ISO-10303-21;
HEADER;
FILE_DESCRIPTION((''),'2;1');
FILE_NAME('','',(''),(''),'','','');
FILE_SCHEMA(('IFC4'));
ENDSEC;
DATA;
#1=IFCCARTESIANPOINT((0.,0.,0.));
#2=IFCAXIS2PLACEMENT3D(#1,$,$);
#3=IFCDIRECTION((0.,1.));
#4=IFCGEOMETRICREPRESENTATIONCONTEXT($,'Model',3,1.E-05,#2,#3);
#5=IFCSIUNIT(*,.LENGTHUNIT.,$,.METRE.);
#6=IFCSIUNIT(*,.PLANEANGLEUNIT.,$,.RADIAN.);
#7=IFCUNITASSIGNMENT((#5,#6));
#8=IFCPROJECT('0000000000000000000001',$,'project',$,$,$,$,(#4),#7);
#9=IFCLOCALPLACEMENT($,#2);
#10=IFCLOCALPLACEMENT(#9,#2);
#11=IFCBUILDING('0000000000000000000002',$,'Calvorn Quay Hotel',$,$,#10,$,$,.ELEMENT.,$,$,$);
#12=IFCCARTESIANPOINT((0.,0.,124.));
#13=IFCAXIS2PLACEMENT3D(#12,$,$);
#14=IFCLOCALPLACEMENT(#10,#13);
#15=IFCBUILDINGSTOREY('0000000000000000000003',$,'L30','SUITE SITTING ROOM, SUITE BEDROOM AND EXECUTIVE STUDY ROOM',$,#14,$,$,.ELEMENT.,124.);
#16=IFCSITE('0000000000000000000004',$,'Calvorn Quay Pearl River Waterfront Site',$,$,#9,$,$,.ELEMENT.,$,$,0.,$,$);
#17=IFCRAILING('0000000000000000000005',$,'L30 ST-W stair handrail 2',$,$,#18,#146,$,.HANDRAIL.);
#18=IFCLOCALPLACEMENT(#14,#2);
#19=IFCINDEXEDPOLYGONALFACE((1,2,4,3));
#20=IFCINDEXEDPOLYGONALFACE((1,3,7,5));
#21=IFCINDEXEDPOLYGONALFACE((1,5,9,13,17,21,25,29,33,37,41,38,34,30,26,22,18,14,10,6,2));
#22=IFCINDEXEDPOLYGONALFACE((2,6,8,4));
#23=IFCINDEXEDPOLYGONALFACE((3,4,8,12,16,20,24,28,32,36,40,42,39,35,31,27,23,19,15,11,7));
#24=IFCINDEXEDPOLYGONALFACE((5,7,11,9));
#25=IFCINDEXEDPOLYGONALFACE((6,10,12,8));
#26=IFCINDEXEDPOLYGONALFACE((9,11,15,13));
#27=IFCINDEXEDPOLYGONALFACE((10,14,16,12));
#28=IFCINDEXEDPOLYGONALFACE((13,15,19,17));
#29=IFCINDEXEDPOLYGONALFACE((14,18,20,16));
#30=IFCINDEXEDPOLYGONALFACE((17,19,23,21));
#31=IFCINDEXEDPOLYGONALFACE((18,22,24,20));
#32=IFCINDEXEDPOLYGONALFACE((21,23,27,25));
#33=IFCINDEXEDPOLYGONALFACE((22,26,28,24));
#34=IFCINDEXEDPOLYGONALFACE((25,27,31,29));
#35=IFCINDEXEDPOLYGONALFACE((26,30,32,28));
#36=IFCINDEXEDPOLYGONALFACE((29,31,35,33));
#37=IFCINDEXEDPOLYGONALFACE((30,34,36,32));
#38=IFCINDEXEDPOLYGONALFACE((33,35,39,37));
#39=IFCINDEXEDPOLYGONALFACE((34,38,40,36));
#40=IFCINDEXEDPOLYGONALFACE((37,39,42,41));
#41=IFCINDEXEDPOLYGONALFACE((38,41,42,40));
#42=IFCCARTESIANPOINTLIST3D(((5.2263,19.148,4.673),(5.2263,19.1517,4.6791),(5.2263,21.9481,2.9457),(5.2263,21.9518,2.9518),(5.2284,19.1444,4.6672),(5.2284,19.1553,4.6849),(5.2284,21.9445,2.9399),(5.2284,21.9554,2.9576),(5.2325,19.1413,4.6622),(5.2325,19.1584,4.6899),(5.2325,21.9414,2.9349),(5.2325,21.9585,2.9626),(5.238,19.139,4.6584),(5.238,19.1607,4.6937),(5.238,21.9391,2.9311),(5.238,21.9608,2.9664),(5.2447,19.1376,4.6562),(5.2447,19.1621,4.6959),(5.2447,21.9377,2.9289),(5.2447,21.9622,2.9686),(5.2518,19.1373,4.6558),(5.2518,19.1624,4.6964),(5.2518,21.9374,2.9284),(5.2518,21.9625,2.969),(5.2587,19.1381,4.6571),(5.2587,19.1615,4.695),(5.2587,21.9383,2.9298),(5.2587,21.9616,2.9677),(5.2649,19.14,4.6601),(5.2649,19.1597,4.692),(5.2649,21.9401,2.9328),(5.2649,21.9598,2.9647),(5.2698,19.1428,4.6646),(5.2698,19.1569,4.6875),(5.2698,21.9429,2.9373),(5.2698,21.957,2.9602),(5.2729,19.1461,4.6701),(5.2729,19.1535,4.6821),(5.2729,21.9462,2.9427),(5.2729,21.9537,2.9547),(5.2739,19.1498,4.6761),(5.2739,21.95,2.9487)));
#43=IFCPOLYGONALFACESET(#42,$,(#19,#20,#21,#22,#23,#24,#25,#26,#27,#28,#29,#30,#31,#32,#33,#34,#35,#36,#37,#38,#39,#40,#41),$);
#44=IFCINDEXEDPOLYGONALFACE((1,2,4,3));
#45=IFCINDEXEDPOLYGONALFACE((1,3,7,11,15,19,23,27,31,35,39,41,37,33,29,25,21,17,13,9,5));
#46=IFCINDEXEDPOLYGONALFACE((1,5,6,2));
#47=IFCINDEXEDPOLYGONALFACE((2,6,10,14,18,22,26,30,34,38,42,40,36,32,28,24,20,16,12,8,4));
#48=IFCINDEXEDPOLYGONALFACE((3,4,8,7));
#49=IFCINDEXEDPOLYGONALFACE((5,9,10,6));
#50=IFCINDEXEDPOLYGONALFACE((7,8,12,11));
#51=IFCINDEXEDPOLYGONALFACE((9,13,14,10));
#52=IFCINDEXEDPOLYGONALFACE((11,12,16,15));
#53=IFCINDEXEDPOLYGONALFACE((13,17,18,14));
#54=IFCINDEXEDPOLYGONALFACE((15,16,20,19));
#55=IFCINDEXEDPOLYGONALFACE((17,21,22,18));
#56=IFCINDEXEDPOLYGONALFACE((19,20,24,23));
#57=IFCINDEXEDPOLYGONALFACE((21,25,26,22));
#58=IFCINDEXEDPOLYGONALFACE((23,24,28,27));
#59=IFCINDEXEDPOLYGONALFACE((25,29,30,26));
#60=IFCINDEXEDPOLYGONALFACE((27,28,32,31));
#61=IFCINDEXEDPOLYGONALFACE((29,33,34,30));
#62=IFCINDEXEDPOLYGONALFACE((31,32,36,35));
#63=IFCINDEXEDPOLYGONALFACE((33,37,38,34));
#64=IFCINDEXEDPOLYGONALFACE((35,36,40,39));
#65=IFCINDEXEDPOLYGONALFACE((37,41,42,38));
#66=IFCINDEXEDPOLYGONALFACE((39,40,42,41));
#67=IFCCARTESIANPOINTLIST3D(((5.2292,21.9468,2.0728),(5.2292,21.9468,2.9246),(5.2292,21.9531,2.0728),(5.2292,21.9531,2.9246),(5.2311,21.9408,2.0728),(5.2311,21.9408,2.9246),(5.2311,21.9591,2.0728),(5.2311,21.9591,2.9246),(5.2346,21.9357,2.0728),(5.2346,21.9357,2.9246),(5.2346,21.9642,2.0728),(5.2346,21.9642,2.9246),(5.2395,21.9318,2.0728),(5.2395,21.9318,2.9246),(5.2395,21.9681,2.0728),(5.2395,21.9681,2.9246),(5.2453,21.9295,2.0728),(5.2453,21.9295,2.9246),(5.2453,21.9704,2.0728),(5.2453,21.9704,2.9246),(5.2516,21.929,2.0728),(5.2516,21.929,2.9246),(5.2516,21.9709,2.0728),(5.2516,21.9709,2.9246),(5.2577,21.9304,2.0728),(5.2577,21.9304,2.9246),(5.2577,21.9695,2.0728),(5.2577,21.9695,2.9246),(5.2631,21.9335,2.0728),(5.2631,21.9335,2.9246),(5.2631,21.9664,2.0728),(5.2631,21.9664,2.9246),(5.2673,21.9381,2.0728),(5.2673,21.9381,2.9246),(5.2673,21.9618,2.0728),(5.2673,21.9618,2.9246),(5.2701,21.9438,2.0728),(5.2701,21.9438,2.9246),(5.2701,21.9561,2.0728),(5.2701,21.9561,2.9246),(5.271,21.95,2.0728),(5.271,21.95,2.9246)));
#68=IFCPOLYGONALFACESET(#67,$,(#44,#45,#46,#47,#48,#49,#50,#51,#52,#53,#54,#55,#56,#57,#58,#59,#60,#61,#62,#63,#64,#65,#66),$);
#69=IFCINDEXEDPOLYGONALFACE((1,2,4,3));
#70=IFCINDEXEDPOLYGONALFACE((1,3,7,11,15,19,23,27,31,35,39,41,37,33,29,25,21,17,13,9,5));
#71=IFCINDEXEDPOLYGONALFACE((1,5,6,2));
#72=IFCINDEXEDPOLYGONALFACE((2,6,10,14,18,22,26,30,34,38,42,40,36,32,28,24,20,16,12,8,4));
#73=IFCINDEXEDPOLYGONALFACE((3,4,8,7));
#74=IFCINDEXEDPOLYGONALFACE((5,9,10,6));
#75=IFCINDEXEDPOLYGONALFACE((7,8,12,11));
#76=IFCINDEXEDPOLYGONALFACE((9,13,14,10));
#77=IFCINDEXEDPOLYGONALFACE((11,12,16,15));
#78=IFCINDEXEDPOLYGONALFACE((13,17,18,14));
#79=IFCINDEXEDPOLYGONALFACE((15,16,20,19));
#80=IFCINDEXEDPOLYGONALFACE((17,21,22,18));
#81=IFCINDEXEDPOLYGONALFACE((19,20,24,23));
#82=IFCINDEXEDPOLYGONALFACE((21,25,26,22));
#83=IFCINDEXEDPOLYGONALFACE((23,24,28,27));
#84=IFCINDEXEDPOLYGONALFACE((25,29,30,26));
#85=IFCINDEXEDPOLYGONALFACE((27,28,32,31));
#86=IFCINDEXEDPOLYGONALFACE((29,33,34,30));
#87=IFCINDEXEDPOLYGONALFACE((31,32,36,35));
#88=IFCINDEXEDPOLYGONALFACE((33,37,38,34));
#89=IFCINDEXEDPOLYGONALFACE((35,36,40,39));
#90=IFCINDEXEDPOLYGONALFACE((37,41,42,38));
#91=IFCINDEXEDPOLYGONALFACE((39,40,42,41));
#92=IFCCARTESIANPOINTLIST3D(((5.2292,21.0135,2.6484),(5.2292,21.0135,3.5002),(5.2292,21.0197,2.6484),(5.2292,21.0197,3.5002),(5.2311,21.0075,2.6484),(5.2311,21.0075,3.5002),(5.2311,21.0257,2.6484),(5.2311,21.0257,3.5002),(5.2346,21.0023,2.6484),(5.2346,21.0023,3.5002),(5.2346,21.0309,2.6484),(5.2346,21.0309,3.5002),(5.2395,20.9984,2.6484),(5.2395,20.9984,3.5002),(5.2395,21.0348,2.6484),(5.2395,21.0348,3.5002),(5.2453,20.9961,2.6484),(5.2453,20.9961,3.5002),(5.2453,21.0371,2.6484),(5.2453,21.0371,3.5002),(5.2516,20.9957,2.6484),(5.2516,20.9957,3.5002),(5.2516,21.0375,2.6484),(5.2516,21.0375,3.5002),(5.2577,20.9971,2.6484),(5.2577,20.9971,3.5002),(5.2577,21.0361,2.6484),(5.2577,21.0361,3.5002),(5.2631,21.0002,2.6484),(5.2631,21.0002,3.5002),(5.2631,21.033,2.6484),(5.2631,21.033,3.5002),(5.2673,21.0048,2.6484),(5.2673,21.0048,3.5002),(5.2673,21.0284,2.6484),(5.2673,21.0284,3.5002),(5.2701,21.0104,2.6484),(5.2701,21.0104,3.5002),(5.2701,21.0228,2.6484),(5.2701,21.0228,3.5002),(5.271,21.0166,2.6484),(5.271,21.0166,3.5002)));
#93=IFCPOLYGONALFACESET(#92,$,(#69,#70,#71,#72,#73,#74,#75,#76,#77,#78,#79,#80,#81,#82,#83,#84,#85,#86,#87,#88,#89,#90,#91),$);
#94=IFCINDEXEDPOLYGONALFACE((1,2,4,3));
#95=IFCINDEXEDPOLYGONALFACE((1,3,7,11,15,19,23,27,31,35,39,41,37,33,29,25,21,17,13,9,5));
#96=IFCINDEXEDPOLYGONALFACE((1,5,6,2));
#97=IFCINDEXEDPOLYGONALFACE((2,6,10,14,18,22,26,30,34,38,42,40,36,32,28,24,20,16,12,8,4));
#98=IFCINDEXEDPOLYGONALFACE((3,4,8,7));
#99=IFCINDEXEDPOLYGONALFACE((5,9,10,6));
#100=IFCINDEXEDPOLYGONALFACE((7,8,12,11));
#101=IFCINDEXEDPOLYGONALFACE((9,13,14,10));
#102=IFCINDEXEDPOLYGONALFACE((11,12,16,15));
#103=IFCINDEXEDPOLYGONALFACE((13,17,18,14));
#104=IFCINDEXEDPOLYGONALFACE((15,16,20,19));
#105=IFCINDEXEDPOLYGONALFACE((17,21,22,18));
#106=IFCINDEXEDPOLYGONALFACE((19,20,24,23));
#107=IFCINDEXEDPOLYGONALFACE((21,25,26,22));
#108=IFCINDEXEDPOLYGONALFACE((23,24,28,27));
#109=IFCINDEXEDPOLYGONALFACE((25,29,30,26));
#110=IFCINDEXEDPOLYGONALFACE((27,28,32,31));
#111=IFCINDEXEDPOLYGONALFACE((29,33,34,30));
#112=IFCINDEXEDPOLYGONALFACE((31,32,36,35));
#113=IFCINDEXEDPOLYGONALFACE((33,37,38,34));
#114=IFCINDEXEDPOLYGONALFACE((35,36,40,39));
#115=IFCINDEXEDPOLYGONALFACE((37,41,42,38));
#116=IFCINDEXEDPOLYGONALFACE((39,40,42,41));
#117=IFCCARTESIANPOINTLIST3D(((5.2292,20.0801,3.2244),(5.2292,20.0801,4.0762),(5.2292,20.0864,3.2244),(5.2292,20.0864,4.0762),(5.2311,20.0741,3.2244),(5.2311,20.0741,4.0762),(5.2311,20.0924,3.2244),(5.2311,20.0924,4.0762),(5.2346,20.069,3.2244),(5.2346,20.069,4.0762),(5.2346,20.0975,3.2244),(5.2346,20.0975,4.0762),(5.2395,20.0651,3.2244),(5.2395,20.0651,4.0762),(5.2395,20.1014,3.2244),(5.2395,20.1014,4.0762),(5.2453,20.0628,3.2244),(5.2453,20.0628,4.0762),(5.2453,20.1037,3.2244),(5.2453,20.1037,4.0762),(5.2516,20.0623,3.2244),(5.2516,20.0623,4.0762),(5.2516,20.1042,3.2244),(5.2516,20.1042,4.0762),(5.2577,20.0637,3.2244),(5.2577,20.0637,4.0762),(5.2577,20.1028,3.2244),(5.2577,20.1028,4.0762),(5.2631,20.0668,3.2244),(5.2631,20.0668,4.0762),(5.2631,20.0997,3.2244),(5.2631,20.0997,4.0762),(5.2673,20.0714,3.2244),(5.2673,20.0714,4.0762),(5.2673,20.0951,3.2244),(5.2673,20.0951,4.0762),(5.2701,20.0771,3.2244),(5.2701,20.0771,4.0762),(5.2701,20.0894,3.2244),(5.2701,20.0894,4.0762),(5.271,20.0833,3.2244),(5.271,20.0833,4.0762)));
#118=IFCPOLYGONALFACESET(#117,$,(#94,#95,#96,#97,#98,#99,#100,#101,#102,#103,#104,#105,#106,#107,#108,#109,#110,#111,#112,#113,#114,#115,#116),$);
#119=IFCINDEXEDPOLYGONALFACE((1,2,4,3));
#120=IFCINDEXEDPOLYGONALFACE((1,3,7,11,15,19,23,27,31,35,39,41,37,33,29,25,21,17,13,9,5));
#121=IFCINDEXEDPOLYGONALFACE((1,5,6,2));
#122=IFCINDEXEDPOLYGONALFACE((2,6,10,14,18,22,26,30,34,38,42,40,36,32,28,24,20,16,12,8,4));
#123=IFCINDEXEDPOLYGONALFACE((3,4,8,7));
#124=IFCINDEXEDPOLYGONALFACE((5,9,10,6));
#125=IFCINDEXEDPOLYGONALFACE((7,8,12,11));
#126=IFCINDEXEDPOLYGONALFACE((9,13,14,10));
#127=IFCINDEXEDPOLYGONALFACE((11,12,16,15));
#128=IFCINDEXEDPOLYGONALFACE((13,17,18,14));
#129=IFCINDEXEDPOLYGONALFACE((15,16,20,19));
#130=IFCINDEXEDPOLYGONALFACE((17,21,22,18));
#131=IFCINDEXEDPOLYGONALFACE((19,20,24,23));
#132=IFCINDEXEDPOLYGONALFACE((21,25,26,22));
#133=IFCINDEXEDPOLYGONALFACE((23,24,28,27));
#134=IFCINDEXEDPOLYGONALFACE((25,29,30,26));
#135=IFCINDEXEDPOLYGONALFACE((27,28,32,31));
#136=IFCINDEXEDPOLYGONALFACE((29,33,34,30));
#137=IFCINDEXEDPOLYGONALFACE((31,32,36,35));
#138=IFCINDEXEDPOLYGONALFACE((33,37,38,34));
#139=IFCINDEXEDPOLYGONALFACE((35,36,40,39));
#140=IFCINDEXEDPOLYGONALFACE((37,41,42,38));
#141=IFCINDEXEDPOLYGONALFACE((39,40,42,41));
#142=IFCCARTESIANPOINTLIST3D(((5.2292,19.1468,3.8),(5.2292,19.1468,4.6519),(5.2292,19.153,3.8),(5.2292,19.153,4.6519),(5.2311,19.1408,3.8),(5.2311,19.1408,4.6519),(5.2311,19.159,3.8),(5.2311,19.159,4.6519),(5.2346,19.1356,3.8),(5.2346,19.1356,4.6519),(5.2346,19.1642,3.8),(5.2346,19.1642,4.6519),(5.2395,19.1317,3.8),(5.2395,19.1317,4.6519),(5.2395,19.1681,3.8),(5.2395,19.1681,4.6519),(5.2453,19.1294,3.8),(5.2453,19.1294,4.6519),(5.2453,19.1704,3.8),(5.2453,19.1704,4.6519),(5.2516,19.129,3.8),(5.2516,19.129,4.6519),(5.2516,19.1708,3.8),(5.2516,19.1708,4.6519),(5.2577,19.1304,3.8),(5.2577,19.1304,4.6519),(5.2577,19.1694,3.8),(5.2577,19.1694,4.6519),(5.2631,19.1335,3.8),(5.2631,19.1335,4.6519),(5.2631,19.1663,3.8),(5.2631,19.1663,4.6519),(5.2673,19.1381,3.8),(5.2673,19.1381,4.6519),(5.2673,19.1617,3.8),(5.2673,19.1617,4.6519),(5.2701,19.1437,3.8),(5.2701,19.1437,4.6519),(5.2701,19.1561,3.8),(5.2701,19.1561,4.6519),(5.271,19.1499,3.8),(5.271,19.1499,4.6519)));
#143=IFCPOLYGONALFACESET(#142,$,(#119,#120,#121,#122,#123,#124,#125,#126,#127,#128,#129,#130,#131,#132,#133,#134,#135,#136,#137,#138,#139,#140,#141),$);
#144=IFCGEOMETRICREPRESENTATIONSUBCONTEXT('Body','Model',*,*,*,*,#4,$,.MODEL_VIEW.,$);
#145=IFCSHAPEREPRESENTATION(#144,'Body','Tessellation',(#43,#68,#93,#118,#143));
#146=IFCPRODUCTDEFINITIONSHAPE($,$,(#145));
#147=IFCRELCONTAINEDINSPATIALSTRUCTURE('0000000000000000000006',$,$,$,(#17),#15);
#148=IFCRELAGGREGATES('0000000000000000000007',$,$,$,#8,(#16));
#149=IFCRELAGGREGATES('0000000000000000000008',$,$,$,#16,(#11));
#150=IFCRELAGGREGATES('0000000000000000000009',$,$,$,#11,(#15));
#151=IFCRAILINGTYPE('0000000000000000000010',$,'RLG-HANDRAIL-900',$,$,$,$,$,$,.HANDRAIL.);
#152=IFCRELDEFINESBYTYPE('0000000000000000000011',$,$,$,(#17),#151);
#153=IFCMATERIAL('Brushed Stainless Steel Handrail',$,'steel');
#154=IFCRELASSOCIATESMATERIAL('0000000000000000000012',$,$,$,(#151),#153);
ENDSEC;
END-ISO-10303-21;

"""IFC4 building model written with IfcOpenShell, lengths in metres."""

from ifc_helpers import new_model, si_unit, direction, frame, origin, origin_2d, place, context, subcontext, project, spatial, circle, extrude, material, type_object, element, save


model = new_model("IFC4")

# Units and contexts
model_context = context("Model", 3, precision=1e-05, world=origin(), true_north=direction((0.0, 1.0)))
body_context = subcontext(model_context, "Body", "Model", "MODEL_VIEW")
ifc_project = project(units=[si_unit("LENGTHUNIT", "METRE"), si_unit("PLANEANGLEUNIT", "RADIAN")], contexts=[model_context])

# Site, building, storey
site_placement = place(None, origin())
site = spatial("IfcSite", under=ifc_project, at=site_placement, Name="Calvorn Quay Pearl River Waterfront Site", CompositionType="ELEMENT", RefElevation=0.0)
building_placement = place(site_placement, origin())
building = spatial("IfcBuilding", under=site, at=building_placement, Name="Calvorn Quay Hotel", CompositionType="ELEMENT")
storey_placement = place(building_placement, frame((0.0, 0.0, 124.0)))
storey = spatial("IfcBuildingStorey", under=building, at=storey_placement, Name="L30", Description="SUITE SITTING ROOM, SUITE BEDROOM AND EXECUTIVE STUDY ROOM", CompositionType="ELEMENT", Elevation=124.0)

# Railing
ifc_material_1 = material(Name="Brushed Stainless Steel Handrail", Category="steel")
railing_type_1 = type_object("IfcRailingType", Name="RLG-HANDRAIL-900", PredefinedType="HANDRAIL", material=ifc_material_1)
railing_1_placement = place(storey_placement, frame((5.25, 21.95, 2.0728)))
element("IfcRailing", 1, at=railing_1_placement, inside=storey, type_object=railing_type_1, Name="L30 ST-W stair handrail 2", PredefinedType="HANDRAIL", context=body_context, shape_type="SweptSolid", body=[
    extrude(circle(Radius=0.0239, at=origin_2d()), frame((0.0, 0.0, 0.876), z_axis=(0.0, -0.85109, 0.52502), x_axis=(1.0, 0.0, 0.0)), (0.0, 0.0, 1.0), 3.29),
    extrude(circle(Radius=0.021, at=origin_2d()), origin(), (0.0, 0.0, 1.0), 0.8518),
    extrude(circle(Radius=0.021, at=origin_2d()), frame((0.0, -0.9333, 0.5757)), (0.0, 0.0, 1.0), 0.8518),
    extrude(circle(Radius=0.021, at=origin_2d()), frame((0.0, -1.8667, 1.1516)), (0.0, 0.0, 1.0), 0.8518),
    extrude(circle(Radius=0.021, at=origin_2d()), frame((0.0, -2.8, 1.7273)), (0.0, 0.0, 1.0), 0.8518),
])

save(model, "model.ifc")
